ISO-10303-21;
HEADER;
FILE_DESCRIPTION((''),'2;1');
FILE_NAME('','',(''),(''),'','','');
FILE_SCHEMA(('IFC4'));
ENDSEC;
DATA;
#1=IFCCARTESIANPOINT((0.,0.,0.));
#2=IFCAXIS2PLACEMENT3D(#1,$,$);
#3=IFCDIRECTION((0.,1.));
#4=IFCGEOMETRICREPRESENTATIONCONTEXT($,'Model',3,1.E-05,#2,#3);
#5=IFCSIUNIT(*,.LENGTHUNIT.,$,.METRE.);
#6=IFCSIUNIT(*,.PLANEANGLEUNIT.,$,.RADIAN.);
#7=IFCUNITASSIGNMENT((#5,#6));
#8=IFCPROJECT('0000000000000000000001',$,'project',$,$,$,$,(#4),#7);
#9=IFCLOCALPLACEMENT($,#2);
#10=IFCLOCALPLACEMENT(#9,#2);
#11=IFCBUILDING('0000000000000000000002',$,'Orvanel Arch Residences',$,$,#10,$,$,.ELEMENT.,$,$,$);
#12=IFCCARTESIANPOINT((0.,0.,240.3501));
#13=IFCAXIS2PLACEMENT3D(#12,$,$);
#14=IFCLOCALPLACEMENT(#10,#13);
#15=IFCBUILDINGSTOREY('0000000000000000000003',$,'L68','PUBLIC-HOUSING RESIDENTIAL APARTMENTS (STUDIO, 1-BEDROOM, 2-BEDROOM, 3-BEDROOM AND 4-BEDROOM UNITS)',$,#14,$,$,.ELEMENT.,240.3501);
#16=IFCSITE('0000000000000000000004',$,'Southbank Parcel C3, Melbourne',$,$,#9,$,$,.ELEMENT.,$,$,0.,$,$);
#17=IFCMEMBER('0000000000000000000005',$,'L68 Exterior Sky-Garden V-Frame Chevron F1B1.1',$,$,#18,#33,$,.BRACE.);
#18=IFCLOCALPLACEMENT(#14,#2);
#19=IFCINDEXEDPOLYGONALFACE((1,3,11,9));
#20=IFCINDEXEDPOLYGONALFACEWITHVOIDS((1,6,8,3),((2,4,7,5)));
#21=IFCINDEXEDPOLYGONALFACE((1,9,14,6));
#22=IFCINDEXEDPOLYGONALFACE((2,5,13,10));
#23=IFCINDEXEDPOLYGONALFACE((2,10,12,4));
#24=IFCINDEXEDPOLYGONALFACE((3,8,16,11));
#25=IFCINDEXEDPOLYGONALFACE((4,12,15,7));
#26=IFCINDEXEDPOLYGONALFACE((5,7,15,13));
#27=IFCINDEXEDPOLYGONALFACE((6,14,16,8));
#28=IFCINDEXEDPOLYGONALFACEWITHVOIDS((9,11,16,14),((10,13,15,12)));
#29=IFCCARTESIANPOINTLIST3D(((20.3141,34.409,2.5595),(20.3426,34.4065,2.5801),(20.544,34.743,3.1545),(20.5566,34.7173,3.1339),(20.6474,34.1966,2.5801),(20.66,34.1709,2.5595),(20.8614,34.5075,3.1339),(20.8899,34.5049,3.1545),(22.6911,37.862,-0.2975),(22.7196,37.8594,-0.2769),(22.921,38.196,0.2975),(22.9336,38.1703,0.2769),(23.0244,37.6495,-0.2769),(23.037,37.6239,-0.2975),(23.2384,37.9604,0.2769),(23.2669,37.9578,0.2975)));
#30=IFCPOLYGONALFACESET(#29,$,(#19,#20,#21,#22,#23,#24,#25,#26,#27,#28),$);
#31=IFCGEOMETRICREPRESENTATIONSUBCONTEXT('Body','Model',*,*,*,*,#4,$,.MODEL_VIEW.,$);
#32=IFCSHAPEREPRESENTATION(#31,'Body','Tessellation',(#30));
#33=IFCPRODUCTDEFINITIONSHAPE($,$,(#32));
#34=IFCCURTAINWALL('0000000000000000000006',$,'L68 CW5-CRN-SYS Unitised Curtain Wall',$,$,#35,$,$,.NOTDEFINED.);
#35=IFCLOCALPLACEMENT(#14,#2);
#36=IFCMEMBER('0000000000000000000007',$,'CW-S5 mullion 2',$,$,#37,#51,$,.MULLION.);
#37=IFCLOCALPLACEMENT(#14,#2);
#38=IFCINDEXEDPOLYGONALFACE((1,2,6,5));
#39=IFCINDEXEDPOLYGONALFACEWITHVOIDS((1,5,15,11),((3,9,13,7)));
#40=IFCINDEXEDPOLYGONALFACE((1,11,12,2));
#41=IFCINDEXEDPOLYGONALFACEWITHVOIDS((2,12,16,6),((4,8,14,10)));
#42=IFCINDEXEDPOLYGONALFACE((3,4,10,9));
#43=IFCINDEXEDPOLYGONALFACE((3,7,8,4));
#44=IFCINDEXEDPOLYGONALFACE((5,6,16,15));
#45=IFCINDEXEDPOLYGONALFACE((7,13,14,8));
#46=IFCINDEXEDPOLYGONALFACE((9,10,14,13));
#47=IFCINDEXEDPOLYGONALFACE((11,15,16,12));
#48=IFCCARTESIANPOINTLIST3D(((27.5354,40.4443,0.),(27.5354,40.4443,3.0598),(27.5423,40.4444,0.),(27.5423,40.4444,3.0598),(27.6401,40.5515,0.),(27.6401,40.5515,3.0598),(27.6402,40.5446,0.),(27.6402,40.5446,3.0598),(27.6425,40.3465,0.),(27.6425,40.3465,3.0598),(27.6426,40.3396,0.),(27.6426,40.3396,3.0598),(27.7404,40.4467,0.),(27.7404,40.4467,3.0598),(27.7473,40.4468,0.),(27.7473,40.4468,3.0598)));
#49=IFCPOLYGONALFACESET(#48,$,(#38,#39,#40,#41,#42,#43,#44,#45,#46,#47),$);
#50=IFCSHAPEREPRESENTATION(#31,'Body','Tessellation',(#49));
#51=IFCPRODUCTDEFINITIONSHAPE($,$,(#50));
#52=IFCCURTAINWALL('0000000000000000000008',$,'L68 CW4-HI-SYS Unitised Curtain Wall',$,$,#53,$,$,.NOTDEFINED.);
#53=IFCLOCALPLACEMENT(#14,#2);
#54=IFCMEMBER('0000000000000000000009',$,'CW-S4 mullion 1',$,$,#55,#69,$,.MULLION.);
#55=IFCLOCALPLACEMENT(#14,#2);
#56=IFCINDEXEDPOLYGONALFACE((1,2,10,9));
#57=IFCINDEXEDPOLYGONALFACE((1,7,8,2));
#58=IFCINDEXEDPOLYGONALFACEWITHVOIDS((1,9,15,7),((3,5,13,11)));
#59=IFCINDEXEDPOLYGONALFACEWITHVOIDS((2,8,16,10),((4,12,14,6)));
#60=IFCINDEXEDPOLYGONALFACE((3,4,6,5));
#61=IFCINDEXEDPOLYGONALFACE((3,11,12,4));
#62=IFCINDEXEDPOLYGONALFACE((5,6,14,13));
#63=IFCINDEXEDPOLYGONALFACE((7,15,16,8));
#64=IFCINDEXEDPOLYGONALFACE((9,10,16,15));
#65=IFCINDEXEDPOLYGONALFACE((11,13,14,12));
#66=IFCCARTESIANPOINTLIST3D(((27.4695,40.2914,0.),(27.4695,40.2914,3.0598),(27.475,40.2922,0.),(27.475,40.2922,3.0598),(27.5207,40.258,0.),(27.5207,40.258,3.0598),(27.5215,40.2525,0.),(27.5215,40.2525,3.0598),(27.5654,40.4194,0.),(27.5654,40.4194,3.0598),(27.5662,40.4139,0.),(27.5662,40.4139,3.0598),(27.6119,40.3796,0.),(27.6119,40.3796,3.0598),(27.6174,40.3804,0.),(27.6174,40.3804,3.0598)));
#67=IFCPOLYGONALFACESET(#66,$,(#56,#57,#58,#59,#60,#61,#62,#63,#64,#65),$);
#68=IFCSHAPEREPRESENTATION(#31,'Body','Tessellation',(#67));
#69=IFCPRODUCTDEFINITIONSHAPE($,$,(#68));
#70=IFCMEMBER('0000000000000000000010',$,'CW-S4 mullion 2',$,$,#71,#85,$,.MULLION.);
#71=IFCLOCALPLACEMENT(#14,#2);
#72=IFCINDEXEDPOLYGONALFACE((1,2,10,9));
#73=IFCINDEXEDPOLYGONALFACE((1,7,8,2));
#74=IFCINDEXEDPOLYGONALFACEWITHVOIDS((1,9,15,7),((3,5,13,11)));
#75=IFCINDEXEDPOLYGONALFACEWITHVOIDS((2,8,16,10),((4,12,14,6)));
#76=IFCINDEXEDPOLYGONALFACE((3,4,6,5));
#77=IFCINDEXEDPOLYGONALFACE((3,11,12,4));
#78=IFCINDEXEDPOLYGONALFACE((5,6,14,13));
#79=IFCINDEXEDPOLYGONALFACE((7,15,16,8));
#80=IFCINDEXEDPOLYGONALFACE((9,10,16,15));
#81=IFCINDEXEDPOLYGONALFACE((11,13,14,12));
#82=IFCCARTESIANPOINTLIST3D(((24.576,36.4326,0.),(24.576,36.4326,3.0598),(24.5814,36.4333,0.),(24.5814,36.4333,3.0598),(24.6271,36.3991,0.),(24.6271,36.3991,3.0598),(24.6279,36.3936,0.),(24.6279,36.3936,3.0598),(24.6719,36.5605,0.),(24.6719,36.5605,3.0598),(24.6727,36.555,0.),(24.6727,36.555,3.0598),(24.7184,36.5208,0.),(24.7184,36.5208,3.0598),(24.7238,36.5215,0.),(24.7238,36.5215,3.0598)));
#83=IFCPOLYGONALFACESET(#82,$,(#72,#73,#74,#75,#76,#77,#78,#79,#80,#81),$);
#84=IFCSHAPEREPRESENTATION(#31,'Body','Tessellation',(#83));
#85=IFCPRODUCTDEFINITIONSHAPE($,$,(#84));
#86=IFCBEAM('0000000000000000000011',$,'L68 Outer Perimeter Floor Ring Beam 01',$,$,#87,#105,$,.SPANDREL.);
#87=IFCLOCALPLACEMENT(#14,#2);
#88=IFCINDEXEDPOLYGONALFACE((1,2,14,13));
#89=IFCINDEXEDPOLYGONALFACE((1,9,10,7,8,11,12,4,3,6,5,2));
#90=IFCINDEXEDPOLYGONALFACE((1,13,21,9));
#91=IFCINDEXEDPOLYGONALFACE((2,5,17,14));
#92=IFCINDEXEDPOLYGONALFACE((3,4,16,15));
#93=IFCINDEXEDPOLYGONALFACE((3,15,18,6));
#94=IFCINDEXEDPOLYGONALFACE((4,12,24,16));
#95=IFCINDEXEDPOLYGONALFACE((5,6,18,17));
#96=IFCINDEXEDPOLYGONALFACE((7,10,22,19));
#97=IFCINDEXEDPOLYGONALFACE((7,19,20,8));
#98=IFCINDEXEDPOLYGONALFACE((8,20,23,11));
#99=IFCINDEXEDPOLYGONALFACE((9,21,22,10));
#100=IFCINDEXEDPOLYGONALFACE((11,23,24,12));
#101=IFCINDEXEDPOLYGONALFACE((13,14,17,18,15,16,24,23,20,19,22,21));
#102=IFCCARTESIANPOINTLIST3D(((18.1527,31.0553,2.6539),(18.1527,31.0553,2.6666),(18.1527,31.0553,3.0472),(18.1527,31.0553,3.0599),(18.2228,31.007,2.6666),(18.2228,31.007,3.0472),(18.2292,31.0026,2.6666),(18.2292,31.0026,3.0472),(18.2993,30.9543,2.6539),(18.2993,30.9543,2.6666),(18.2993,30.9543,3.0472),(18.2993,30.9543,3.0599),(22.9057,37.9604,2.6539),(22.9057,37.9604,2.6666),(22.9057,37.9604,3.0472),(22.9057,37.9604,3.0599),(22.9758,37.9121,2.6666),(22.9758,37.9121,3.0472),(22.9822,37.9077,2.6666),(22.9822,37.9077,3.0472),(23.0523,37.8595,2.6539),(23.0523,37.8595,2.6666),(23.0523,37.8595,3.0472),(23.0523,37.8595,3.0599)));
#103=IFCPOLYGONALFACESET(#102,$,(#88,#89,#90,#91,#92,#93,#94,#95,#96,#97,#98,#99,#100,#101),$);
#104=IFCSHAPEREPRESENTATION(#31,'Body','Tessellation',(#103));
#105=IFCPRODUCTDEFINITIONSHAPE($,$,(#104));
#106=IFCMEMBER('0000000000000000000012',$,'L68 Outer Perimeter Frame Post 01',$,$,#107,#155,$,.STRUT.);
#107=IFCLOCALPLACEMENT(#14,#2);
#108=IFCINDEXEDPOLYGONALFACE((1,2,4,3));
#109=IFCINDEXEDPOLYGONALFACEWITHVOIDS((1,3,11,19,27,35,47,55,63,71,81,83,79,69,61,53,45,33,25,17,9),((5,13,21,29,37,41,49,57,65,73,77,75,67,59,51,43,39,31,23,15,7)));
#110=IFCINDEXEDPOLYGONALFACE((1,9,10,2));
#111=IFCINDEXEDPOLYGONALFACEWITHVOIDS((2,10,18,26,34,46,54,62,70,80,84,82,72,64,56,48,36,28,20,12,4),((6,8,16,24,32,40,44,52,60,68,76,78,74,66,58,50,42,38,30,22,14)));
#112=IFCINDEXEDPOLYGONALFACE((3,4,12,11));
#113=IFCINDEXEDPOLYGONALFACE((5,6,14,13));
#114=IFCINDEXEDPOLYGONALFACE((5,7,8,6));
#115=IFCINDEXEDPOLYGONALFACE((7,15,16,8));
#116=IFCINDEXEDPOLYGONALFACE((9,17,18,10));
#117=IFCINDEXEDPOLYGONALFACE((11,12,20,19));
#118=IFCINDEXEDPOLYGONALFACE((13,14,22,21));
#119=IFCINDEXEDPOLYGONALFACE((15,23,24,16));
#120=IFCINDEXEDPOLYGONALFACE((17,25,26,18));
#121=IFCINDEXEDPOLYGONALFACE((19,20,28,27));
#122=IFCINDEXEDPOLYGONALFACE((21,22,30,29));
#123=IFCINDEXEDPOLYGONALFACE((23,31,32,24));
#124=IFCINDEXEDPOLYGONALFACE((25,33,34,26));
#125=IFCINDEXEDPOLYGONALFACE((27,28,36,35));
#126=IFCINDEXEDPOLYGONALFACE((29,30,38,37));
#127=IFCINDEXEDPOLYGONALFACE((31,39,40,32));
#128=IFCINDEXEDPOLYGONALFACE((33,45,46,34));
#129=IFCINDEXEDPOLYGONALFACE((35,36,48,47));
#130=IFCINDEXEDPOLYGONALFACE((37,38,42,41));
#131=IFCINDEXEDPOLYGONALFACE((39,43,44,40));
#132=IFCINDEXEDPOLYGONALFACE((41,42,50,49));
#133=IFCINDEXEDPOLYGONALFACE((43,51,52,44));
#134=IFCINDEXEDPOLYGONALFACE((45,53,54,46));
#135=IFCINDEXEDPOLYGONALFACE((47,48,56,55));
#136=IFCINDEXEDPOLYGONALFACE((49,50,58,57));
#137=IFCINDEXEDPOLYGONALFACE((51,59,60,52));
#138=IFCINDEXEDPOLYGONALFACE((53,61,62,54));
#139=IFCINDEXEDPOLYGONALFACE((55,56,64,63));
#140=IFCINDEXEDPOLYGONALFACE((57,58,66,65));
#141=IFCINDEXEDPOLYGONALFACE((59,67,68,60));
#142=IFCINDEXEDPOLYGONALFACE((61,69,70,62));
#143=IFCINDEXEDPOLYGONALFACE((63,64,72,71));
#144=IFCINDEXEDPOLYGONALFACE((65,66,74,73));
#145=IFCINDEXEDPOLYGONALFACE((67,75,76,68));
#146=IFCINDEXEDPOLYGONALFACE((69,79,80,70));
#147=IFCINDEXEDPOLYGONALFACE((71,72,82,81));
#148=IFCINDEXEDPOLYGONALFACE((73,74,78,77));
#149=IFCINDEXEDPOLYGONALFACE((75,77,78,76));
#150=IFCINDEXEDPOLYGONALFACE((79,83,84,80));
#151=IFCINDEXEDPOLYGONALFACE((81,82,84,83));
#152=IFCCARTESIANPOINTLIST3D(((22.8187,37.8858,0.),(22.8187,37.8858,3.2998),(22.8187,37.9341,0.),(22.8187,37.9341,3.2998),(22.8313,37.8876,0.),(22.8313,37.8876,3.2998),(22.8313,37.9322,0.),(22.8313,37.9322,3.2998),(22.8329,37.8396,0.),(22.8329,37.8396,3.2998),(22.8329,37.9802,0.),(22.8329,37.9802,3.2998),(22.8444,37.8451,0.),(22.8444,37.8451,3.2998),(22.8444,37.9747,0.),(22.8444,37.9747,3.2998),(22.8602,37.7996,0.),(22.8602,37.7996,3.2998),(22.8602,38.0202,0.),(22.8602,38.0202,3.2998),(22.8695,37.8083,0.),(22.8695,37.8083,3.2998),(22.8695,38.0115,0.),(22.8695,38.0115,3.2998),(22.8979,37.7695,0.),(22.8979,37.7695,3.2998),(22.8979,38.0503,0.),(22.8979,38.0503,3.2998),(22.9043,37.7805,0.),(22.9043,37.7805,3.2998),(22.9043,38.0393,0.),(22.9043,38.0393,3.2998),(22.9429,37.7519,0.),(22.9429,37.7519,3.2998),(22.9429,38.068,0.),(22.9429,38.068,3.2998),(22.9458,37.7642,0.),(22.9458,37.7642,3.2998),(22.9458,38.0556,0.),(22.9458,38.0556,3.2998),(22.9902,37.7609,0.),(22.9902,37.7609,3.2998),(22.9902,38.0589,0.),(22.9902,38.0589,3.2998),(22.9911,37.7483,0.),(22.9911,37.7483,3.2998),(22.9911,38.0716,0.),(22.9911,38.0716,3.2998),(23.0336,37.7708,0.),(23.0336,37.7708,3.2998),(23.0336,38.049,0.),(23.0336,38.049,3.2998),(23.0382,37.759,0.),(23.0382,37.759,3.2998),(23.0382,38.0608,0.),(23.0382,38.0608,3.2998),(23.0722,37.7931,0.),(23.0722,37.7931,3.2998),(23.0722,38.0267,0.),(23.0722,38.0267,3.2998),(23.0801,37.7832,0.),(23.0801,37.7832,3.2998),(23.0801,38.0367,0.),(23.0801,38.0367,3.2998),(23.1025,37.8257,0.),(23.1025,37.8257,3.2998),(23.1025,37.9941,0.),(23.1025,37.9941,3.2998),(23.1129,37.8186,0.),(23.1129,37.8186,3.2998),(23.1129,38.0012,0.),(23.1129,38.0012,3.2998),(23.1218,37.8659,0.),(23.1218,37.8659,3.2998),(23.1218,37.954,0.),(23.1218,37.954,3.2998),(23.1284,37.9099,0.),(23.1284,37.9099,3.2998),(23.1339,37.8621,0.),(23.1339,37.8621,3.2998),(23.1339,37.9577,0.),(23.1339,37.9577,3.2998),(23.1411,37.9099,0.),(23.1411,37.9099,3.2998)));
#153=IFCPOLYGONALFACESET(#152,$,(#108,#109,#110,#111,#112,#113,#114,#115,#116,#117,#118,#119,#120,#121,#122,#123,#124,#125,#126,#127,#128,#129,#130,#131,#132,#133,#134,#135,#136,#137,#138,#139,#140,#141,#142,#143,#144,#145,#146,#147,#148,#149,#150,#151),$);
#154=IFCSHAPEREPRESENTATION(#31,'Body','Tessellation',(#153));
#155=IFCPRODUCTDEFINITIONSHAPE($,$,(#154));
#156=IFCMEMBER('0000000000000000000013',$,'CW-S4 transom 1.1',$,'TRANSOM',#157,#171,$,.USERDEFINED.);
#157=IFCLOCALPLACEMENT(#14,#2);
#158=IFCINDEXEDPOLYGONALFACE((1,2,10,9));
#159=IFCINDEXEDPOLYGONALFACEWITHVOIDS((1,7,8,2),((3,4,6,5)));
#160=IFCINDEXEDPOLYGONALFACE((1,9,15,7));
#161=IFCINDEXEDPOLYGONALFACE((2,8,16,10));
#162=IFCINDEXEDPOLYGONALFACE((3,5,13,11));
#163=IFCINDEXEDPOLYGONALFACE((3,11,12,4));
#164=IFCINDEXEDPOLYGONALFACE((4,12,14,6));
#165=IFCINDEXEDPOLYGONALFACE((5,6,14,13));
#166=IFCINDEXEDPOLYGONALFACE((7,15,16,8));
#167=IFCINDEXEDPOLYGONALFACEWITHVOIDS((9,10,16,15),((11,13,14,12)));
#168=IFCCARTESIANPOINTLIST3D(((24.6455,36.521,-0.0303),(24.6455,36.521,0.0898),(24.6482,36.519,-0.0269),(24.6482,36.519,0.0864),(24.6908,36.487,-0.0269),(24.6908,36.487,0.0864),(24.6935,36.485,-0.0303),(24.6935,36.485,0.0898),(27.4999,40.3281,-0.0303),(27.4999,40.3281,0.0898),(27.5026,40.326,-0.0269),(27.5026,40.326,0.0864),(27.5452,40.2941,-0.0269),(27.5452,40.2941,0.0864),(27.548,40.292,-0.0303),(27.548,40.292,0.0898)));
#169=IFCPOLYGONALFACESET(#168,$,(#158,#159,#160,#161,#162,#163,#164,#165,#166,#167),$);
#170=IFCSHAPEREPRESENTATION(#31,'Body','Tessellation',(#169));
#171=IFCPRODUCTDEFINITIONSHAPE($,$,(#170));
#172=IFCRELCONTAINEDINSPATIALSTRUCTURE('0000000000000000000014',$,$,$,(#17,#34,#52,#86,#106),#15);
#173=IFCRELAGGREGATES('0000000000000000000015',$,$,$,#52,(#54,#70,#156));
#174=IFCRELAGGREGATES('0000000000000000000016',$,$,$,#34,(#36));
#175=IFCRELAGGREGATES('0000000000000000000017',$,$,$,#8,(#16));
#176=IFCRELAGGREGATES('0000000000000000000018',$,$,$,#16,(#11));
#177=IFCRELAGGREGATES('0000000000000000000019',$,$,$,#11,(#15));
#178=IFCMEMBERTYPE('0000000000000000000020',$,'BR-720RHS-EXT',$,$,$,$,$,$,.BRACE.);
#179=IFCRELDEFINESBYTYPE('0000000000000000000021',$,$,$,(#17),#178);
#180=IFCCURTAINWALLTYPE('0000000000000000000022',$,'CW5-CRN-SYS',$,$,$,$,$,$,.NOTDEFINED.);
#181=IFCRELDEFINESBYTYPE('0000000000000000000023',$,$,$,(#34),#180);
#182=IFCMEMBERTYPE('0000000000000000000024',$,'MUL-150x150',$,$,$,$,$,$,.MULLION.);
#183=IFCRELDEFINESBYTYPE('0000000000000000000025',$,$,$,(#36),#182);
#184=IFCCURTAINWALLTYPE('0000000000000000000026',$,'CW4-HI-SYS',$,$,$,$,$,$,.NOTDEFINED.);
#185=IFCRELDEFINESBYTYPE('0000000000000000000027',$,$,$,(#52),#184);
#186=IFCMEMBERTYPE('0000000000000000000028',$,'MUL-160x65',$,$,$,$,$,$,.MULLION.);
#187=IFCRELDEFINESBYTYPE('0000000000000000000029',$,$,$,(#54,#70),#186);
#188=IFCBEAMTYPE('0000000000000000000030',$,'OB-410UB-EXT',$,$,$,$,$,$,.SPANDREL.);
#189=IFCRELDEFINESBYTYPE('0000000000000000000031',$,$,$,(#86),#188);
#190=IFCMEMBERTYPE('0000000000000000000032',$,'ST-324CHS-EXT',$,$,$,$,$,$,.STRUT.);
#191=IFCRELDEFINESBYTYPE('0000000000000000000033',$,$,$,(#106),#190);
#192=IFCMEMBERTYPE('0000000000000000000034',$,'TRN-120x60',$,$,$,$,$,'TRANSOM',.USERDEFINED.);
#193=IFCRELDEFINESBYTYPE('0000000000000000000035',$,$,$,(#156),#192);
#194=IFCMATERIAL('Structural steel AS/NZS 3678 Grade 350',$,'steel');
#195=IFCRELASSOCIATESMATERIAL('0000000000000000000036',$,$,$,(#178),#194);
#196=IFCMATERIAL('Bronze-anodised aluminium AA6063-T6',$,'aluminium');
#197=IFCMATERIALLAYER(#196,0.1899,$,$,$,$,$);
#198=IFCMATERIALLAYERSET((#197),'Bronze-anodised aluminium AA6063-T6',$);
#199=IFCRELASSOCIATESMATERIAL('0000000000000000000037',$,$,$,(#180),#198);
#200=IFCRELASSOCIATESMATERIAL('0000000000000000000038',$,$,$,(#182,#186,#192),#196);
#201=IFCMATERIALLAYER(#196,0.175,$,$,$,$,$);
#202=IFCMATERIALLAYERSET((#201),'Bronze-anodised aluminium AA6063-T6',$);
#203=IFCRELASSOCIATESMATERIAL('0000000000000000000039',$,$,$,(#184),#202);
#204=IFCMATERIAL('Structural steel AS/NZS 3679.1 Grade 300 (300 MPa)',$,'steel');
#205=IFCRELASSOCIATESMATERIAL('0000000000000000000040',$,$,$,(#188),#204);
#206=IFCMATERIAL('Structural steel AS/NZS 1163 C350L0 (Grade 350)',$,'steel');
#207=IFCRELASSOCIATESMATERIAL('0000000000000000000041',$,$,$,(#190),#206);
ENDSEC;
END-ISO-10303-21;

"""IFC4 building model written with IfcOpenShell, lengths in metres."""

from ifc_helpers import new_model, si_unit, direction, frame, origin, origin_2d, place, context, subcontext, project, spatial, hollow_rectangle, hollow_circle, i_section, extrude, material, layer, layer_set, material_profile, profile_set, type_object, element, aggregate, save


model = new_model("IFC4")

# Units and contexts
model_context = context("Model", 3, precision=1e-05, world=origin(), true_north=direction((0.0, 1.0)))
body_context = subcontext(model_context, "Body", "Model", "MODEL_VIEW")
ifc_project = project(units=[si_unit("LENGTHUNIT", "METRE"), si_unit("PLANEANGLEUNIT", "RADIAN")], contexts=[model_context])

# Site, building, storey
site_placement = place(None, origin())
site = spatial("IfcSite", under=ifc_project, at=site_placement, Name="Southbank Parcel C3, Melbourne", CompositionType="ELEMENT", RefElevation=0.0)
building_placement = place(site_placement, origin())
building = spatial("IfcBuilding", under=site, at=building_placement, Name="Orvanel Arch Residences", CompositionType="ELEMENT")
storey_placement = place(building_placement, frame((0.0, 0.0, 240.3501)))
storey = spatial("IfcBuildingStorey", under=building, at=storey_placement, Name="L68", Description="PUBLIC-HOUSING RESIDENTIAL APARTMENTS (STUDIO, 1-BEDROOM, 2-BEDROOM, 3-BEDROOM AND 4-BEDROOM UNITS)", CompositionType="ELEMENT", Elevation=240.3501)

# Member
ifc_material_1 = material(Name="Structural steel AS/NZS 3678 Grade 350", Category="steel")
ifc_material_profile_1 = material_profile(ifc_material_1, hollow_rectangle(XDim=0.4199, YDim=0.72, WallThickness=0.0249, at=origin_2d()), Name="RHS720x420x25")
ifc_profile_set_1 = profile_set([ifc_material_profile_1], Name="Structural steel AS/NZS 3678 Grade 350")
member_type_1 = type_object("IfcMemberType", Name="BR-720RHS-EXT", PredefinedType="BRACE", material=ifc_profile_set_1)
member_1_placement = place(storey_placement, frame((22.979, 37.9099, 0.0), z_axis=(-0.468559, -0.680652, 0.563175), x_axis=(0.823697, -0.56703, 0.0)))
element("IfcMember", 1, at=member_1_placement, inside=storey, type_object=member_type_1, Name="L68 Exterior Sky-Garden V-Frame Chevron F1B1.1", PredefinedType="BRACE", context=body_context, shape_type="SweptSolid", body=[
    extrude(hollow_rectangle(XDim=0.4199, YDim=0.72, WallThickness=0.0249, at=origin_2d()), origin(), (0.0, 0.0, 1.0), 5.073),
])

# Curtain wall, member
ifc_material_2 = material(Name="Bronze-anodised aluminium AA6063-T6", Category="aluminium")
ifc_layer_1 = layer(ifc_material_2, 0.1899)
ifc_layer_set_1 = layer_set([ifc_layer_1], Name="Bronze-anodised aluminium AA6063-T6")
curtain_wall_type_1 = type_object("IfcCurtainWallType", Name="CW5-CRN-SYS", PredefinedType="NOTDEFINED", material=ifc_layer_set_1)
curtain_wall_1_placement = place(storey_placement, origin())
curtain_wall_1 = element("IfcCurtainWall", 2, at=curtain_wall_1_placement, inside=storey, type_object=curtain_wall_type_1, Name="L68 CW5-CRN-SYS Unitised Curtain Wall", PredefinedType="NOTDEFINED")
ifc_material_profile_2 = material_profile(ifc_material_2, hollow_rectangle(XDim=0.1499, YDim=0.1499, WallThickness=0.0049, at=origin_2d()), Name="ALU150x150x5")
ifc_profile_set_2 = profile_set([ifc_material_profile_2], Name="Bronze-anodised aluminium AA6063-T6")
member_type_2 = type_object("IfcMemberType", Name="MUL-150x150", PredefinedType="MULLION", material=ifc_profile_set_2)
member_2_placement = place(storey_placement, frame((27.6414, 40.4456, 0.0), z_axis=(0.0, 0.0, 1.0), x_axis=(0.715149, -0.698972, 0.0)))
member_2 = element("IfcMember", 3, at=member_2_placement, type_object=member_type_2, Name="CW-S5 mullion 2", PredefinedType="MULLION", context=body_context, shape_type="SweptSolid", body=[
    extrude(hollow_rectangle(XDim=0.1499, YDim=0.1499, WallThickness=0.0049, at=origin_2d()), origin(), (0.0, 0.0, 1.0), 3.0598),
])

# Curtain wall, members
ifc_layer_2 = layer(ifc_material_2, 0.175)
ifc_layer_set_2 = layer_set([ifc_layer_2], Name="Bronze-anodised aluminium AA6063-T6")
curtain_wall_type_2 = type_object("IfcCurtainWallType", Name="CW4-HI-SYS", PredefinedType="NOTDEFINED", material=ifc_layer_set_2)
curtain_wall_2_placement = place(storey_placement, origin())
curtain_wall_2 = element("IfcCurtainWall", 4, at=curtain_wall_2_placement, inside=storey, type_object=curtain_wall_type_2, Name="L68 CW4-HI-SYS Unitised Curtain Wall", PredefinedType="NOTDEFINED")
ifc_material_profile_3 = material_profile(ifc_material_2, hollow_rectangle(XDim=0.0649, YDim=0.1599, WallThickness=0.0039, at=origin_2d()), Name="ALU160x65x4")
ifc_profile_set_3 = profile_set([ifc_material_profile_3], Name="Bronze-anodised aluminium AA6063-T6")
member_type_3 = type_object("IfcMemberType", Name="MUL-160x65", PredefinedType="MULLION", material=ifc_profile_set_3)
member_3_placement = place(storey_placement, frame((27.5435, 40.3359, 0.0), z_axis=(0.0, 0.0, 1.0), x_axis=(0.800074, -0.599901, 0.0)))
member_3 = element("IfcMember", 5, at=member_3_placement, type_object=member_type_3, Name="CW-S4 mullion 1", PredefinedType="MULLION", context=body_context, shape_type="SweptSolid", body=[
    extrude(hollow_rectangle(XDim=0.0649, YDim=0.1599, WallThickness=0.0039, at=origin_2d()), origin(), (0.0, 0.0, 1.0), 3.0598),
])
member_4_placement = place(storey_placement, frame((24.6499, 36.4771, 0.0), z_axis=(0.0, 0.0, 1.0), x_axis=(0.800074, -0.599901, 0.0)))
member_4 = element("IfcMember", 6, at=member_4_placement, type_object=member_type_3, Name="CW-S4 mullion 2", PredefinedType="MULLION", context=body_context, shape_type="SweptSolid", body=[
    extrude(hollow_rectangle(XDim=0.0649, YDim=0.1599, WallThickness=0.0039, at=origin_2d()), origin(), (0.0, 0.0, 1.0), 3.0598),
])

# Beam
ifc_material_3 = material(Name="Structural steel AS/NZS 3679.1 Grade 300 (300 MPa)", Category="steel")
ifc_material_profile_4 = material_profile(ifc_material_3, i_section(OverallWidth=0.178, OverallDepth=0.406, WebThickness=0.0078, FlangeThickness=0.0127, at=origin_2d()), Name="410UB59.7")
ifc_profile_set_4 = profile_set([ifc_material_profile_4], Name="Structural steel AS/NZS 3679.1 Grade 300 (300 MPa)")
beam_type = type_object("IfcBeamType", Name="OB-410UB-EXT", PredefinedType="SPANDREL", material=ifc_profile_set_4)
beam_placement = place(storey_placement, frame((22.979, 37.9099, 2.8569), z_axis=(-0.566992, -0.823723, 0.0), x_axis=(0.823723, -0.566992, 0.0)))
element("IfcBeam", 7, at=beam_placement, inside=storey, type_object=beam_type, Name="L68 Outer Perimeter Floor Ring Beam 01", PredefinedType="SPANDREL", context=body_context, shape_type="SweptSolid", body=[
    extrude(i_section(OverallWidth=0.178, OverallDepth=0.406, WebThickness=0.0078, FlangeThickness=0.0127, at=origin_2d()), origin(), (0.0, 0.0, 1.0), 8.3828),
])

# Members
ifc_material_4 = material(Name="Structural steel AS/NZS 1163 C350L0 (Grade 350)", Category="steel")
ifc_material_profile_5 = material_profile(ifc_material_4, hollow_circle(Radius=0.1621, WallThickness=0.0127, at=origin_2d()), Name="CHS324x12.7")
ifc_profile_set_5 = profile_set([ifc_material_profile_5], Name="Structural steel AS/NZS 1163 C350L0 (Grade 350)")
member_type_4 = type_object("IfcMemberType", Name="ST-324CHS-EXT", PredefinedType="STRUT", material=ifc_profile_set_5)
member_5_placement = place(storey_placement, frame((22.979, 37.9099, 0.0), z_axis=(0.0, 0.0, 1.0), x_axis=(1.0, 0.0, 0.0)))
element("IfcMember", 8, at=member_5_placement, inside=storey, type_object=member_type_4, Name="L68 Outer Perimeter Frame Post 01", PredefinedType="STRUT", context=body_context, shape_type="SweptSolid", body=[
    extrude(hollow_circle(Radius=0.1621, WallThickness=0.0127, at=origin_2d()), origin(), (0.0, 0.0, 1.0), 3.2998),
])
ifc_material_profile_6 = material_profile(ifc_material_2, hollow_rectangle(XDim=0.0601, YDim=0.1201, WallThickness=0.0034, at=origin_2d()), Name="ALU120x60x3.5")
ifc_profile_set_6 = profile_set([ifc_material_profile_6], Name="Bronze-anodised aluminium AA6063-T6")
member_type_5 = type_object("IfcMemberType", Name="TRN-120x60", ElementType="TRANSOM", PredefinedType="USERDEFINED", material=ifc_profile_set_6)
member_6_placement = place(storey_placement, frame((27.5239, 40.3101, 0.0298), z_axis=(-0.599885, -0.800086, 0.0), x_axis=(0.800086, -0.599885, 0.0)))
member_6 = element("IfcMember", 9, at=member_6_placement, type_object=member_type_5, Name="CW-S4 transom 1.1", ObjectType="TRANSOM", PredefinedType="USERDEFINED", context=body_context, shape_type="SweptSolid", body=[
    extrude(hollow_rectangle(XDim=0.0601, YDim=0.1201, WallThickness=0.0034, at=origin_2d()), origin(), (0.0, 0.0, 1.0), 4.7583),
])

aggregate(curtain_wall_2, [member_3, member_4, member_6])
aggregate(curtain_wall_1, [member_2])

save(model, "model.ifc")
